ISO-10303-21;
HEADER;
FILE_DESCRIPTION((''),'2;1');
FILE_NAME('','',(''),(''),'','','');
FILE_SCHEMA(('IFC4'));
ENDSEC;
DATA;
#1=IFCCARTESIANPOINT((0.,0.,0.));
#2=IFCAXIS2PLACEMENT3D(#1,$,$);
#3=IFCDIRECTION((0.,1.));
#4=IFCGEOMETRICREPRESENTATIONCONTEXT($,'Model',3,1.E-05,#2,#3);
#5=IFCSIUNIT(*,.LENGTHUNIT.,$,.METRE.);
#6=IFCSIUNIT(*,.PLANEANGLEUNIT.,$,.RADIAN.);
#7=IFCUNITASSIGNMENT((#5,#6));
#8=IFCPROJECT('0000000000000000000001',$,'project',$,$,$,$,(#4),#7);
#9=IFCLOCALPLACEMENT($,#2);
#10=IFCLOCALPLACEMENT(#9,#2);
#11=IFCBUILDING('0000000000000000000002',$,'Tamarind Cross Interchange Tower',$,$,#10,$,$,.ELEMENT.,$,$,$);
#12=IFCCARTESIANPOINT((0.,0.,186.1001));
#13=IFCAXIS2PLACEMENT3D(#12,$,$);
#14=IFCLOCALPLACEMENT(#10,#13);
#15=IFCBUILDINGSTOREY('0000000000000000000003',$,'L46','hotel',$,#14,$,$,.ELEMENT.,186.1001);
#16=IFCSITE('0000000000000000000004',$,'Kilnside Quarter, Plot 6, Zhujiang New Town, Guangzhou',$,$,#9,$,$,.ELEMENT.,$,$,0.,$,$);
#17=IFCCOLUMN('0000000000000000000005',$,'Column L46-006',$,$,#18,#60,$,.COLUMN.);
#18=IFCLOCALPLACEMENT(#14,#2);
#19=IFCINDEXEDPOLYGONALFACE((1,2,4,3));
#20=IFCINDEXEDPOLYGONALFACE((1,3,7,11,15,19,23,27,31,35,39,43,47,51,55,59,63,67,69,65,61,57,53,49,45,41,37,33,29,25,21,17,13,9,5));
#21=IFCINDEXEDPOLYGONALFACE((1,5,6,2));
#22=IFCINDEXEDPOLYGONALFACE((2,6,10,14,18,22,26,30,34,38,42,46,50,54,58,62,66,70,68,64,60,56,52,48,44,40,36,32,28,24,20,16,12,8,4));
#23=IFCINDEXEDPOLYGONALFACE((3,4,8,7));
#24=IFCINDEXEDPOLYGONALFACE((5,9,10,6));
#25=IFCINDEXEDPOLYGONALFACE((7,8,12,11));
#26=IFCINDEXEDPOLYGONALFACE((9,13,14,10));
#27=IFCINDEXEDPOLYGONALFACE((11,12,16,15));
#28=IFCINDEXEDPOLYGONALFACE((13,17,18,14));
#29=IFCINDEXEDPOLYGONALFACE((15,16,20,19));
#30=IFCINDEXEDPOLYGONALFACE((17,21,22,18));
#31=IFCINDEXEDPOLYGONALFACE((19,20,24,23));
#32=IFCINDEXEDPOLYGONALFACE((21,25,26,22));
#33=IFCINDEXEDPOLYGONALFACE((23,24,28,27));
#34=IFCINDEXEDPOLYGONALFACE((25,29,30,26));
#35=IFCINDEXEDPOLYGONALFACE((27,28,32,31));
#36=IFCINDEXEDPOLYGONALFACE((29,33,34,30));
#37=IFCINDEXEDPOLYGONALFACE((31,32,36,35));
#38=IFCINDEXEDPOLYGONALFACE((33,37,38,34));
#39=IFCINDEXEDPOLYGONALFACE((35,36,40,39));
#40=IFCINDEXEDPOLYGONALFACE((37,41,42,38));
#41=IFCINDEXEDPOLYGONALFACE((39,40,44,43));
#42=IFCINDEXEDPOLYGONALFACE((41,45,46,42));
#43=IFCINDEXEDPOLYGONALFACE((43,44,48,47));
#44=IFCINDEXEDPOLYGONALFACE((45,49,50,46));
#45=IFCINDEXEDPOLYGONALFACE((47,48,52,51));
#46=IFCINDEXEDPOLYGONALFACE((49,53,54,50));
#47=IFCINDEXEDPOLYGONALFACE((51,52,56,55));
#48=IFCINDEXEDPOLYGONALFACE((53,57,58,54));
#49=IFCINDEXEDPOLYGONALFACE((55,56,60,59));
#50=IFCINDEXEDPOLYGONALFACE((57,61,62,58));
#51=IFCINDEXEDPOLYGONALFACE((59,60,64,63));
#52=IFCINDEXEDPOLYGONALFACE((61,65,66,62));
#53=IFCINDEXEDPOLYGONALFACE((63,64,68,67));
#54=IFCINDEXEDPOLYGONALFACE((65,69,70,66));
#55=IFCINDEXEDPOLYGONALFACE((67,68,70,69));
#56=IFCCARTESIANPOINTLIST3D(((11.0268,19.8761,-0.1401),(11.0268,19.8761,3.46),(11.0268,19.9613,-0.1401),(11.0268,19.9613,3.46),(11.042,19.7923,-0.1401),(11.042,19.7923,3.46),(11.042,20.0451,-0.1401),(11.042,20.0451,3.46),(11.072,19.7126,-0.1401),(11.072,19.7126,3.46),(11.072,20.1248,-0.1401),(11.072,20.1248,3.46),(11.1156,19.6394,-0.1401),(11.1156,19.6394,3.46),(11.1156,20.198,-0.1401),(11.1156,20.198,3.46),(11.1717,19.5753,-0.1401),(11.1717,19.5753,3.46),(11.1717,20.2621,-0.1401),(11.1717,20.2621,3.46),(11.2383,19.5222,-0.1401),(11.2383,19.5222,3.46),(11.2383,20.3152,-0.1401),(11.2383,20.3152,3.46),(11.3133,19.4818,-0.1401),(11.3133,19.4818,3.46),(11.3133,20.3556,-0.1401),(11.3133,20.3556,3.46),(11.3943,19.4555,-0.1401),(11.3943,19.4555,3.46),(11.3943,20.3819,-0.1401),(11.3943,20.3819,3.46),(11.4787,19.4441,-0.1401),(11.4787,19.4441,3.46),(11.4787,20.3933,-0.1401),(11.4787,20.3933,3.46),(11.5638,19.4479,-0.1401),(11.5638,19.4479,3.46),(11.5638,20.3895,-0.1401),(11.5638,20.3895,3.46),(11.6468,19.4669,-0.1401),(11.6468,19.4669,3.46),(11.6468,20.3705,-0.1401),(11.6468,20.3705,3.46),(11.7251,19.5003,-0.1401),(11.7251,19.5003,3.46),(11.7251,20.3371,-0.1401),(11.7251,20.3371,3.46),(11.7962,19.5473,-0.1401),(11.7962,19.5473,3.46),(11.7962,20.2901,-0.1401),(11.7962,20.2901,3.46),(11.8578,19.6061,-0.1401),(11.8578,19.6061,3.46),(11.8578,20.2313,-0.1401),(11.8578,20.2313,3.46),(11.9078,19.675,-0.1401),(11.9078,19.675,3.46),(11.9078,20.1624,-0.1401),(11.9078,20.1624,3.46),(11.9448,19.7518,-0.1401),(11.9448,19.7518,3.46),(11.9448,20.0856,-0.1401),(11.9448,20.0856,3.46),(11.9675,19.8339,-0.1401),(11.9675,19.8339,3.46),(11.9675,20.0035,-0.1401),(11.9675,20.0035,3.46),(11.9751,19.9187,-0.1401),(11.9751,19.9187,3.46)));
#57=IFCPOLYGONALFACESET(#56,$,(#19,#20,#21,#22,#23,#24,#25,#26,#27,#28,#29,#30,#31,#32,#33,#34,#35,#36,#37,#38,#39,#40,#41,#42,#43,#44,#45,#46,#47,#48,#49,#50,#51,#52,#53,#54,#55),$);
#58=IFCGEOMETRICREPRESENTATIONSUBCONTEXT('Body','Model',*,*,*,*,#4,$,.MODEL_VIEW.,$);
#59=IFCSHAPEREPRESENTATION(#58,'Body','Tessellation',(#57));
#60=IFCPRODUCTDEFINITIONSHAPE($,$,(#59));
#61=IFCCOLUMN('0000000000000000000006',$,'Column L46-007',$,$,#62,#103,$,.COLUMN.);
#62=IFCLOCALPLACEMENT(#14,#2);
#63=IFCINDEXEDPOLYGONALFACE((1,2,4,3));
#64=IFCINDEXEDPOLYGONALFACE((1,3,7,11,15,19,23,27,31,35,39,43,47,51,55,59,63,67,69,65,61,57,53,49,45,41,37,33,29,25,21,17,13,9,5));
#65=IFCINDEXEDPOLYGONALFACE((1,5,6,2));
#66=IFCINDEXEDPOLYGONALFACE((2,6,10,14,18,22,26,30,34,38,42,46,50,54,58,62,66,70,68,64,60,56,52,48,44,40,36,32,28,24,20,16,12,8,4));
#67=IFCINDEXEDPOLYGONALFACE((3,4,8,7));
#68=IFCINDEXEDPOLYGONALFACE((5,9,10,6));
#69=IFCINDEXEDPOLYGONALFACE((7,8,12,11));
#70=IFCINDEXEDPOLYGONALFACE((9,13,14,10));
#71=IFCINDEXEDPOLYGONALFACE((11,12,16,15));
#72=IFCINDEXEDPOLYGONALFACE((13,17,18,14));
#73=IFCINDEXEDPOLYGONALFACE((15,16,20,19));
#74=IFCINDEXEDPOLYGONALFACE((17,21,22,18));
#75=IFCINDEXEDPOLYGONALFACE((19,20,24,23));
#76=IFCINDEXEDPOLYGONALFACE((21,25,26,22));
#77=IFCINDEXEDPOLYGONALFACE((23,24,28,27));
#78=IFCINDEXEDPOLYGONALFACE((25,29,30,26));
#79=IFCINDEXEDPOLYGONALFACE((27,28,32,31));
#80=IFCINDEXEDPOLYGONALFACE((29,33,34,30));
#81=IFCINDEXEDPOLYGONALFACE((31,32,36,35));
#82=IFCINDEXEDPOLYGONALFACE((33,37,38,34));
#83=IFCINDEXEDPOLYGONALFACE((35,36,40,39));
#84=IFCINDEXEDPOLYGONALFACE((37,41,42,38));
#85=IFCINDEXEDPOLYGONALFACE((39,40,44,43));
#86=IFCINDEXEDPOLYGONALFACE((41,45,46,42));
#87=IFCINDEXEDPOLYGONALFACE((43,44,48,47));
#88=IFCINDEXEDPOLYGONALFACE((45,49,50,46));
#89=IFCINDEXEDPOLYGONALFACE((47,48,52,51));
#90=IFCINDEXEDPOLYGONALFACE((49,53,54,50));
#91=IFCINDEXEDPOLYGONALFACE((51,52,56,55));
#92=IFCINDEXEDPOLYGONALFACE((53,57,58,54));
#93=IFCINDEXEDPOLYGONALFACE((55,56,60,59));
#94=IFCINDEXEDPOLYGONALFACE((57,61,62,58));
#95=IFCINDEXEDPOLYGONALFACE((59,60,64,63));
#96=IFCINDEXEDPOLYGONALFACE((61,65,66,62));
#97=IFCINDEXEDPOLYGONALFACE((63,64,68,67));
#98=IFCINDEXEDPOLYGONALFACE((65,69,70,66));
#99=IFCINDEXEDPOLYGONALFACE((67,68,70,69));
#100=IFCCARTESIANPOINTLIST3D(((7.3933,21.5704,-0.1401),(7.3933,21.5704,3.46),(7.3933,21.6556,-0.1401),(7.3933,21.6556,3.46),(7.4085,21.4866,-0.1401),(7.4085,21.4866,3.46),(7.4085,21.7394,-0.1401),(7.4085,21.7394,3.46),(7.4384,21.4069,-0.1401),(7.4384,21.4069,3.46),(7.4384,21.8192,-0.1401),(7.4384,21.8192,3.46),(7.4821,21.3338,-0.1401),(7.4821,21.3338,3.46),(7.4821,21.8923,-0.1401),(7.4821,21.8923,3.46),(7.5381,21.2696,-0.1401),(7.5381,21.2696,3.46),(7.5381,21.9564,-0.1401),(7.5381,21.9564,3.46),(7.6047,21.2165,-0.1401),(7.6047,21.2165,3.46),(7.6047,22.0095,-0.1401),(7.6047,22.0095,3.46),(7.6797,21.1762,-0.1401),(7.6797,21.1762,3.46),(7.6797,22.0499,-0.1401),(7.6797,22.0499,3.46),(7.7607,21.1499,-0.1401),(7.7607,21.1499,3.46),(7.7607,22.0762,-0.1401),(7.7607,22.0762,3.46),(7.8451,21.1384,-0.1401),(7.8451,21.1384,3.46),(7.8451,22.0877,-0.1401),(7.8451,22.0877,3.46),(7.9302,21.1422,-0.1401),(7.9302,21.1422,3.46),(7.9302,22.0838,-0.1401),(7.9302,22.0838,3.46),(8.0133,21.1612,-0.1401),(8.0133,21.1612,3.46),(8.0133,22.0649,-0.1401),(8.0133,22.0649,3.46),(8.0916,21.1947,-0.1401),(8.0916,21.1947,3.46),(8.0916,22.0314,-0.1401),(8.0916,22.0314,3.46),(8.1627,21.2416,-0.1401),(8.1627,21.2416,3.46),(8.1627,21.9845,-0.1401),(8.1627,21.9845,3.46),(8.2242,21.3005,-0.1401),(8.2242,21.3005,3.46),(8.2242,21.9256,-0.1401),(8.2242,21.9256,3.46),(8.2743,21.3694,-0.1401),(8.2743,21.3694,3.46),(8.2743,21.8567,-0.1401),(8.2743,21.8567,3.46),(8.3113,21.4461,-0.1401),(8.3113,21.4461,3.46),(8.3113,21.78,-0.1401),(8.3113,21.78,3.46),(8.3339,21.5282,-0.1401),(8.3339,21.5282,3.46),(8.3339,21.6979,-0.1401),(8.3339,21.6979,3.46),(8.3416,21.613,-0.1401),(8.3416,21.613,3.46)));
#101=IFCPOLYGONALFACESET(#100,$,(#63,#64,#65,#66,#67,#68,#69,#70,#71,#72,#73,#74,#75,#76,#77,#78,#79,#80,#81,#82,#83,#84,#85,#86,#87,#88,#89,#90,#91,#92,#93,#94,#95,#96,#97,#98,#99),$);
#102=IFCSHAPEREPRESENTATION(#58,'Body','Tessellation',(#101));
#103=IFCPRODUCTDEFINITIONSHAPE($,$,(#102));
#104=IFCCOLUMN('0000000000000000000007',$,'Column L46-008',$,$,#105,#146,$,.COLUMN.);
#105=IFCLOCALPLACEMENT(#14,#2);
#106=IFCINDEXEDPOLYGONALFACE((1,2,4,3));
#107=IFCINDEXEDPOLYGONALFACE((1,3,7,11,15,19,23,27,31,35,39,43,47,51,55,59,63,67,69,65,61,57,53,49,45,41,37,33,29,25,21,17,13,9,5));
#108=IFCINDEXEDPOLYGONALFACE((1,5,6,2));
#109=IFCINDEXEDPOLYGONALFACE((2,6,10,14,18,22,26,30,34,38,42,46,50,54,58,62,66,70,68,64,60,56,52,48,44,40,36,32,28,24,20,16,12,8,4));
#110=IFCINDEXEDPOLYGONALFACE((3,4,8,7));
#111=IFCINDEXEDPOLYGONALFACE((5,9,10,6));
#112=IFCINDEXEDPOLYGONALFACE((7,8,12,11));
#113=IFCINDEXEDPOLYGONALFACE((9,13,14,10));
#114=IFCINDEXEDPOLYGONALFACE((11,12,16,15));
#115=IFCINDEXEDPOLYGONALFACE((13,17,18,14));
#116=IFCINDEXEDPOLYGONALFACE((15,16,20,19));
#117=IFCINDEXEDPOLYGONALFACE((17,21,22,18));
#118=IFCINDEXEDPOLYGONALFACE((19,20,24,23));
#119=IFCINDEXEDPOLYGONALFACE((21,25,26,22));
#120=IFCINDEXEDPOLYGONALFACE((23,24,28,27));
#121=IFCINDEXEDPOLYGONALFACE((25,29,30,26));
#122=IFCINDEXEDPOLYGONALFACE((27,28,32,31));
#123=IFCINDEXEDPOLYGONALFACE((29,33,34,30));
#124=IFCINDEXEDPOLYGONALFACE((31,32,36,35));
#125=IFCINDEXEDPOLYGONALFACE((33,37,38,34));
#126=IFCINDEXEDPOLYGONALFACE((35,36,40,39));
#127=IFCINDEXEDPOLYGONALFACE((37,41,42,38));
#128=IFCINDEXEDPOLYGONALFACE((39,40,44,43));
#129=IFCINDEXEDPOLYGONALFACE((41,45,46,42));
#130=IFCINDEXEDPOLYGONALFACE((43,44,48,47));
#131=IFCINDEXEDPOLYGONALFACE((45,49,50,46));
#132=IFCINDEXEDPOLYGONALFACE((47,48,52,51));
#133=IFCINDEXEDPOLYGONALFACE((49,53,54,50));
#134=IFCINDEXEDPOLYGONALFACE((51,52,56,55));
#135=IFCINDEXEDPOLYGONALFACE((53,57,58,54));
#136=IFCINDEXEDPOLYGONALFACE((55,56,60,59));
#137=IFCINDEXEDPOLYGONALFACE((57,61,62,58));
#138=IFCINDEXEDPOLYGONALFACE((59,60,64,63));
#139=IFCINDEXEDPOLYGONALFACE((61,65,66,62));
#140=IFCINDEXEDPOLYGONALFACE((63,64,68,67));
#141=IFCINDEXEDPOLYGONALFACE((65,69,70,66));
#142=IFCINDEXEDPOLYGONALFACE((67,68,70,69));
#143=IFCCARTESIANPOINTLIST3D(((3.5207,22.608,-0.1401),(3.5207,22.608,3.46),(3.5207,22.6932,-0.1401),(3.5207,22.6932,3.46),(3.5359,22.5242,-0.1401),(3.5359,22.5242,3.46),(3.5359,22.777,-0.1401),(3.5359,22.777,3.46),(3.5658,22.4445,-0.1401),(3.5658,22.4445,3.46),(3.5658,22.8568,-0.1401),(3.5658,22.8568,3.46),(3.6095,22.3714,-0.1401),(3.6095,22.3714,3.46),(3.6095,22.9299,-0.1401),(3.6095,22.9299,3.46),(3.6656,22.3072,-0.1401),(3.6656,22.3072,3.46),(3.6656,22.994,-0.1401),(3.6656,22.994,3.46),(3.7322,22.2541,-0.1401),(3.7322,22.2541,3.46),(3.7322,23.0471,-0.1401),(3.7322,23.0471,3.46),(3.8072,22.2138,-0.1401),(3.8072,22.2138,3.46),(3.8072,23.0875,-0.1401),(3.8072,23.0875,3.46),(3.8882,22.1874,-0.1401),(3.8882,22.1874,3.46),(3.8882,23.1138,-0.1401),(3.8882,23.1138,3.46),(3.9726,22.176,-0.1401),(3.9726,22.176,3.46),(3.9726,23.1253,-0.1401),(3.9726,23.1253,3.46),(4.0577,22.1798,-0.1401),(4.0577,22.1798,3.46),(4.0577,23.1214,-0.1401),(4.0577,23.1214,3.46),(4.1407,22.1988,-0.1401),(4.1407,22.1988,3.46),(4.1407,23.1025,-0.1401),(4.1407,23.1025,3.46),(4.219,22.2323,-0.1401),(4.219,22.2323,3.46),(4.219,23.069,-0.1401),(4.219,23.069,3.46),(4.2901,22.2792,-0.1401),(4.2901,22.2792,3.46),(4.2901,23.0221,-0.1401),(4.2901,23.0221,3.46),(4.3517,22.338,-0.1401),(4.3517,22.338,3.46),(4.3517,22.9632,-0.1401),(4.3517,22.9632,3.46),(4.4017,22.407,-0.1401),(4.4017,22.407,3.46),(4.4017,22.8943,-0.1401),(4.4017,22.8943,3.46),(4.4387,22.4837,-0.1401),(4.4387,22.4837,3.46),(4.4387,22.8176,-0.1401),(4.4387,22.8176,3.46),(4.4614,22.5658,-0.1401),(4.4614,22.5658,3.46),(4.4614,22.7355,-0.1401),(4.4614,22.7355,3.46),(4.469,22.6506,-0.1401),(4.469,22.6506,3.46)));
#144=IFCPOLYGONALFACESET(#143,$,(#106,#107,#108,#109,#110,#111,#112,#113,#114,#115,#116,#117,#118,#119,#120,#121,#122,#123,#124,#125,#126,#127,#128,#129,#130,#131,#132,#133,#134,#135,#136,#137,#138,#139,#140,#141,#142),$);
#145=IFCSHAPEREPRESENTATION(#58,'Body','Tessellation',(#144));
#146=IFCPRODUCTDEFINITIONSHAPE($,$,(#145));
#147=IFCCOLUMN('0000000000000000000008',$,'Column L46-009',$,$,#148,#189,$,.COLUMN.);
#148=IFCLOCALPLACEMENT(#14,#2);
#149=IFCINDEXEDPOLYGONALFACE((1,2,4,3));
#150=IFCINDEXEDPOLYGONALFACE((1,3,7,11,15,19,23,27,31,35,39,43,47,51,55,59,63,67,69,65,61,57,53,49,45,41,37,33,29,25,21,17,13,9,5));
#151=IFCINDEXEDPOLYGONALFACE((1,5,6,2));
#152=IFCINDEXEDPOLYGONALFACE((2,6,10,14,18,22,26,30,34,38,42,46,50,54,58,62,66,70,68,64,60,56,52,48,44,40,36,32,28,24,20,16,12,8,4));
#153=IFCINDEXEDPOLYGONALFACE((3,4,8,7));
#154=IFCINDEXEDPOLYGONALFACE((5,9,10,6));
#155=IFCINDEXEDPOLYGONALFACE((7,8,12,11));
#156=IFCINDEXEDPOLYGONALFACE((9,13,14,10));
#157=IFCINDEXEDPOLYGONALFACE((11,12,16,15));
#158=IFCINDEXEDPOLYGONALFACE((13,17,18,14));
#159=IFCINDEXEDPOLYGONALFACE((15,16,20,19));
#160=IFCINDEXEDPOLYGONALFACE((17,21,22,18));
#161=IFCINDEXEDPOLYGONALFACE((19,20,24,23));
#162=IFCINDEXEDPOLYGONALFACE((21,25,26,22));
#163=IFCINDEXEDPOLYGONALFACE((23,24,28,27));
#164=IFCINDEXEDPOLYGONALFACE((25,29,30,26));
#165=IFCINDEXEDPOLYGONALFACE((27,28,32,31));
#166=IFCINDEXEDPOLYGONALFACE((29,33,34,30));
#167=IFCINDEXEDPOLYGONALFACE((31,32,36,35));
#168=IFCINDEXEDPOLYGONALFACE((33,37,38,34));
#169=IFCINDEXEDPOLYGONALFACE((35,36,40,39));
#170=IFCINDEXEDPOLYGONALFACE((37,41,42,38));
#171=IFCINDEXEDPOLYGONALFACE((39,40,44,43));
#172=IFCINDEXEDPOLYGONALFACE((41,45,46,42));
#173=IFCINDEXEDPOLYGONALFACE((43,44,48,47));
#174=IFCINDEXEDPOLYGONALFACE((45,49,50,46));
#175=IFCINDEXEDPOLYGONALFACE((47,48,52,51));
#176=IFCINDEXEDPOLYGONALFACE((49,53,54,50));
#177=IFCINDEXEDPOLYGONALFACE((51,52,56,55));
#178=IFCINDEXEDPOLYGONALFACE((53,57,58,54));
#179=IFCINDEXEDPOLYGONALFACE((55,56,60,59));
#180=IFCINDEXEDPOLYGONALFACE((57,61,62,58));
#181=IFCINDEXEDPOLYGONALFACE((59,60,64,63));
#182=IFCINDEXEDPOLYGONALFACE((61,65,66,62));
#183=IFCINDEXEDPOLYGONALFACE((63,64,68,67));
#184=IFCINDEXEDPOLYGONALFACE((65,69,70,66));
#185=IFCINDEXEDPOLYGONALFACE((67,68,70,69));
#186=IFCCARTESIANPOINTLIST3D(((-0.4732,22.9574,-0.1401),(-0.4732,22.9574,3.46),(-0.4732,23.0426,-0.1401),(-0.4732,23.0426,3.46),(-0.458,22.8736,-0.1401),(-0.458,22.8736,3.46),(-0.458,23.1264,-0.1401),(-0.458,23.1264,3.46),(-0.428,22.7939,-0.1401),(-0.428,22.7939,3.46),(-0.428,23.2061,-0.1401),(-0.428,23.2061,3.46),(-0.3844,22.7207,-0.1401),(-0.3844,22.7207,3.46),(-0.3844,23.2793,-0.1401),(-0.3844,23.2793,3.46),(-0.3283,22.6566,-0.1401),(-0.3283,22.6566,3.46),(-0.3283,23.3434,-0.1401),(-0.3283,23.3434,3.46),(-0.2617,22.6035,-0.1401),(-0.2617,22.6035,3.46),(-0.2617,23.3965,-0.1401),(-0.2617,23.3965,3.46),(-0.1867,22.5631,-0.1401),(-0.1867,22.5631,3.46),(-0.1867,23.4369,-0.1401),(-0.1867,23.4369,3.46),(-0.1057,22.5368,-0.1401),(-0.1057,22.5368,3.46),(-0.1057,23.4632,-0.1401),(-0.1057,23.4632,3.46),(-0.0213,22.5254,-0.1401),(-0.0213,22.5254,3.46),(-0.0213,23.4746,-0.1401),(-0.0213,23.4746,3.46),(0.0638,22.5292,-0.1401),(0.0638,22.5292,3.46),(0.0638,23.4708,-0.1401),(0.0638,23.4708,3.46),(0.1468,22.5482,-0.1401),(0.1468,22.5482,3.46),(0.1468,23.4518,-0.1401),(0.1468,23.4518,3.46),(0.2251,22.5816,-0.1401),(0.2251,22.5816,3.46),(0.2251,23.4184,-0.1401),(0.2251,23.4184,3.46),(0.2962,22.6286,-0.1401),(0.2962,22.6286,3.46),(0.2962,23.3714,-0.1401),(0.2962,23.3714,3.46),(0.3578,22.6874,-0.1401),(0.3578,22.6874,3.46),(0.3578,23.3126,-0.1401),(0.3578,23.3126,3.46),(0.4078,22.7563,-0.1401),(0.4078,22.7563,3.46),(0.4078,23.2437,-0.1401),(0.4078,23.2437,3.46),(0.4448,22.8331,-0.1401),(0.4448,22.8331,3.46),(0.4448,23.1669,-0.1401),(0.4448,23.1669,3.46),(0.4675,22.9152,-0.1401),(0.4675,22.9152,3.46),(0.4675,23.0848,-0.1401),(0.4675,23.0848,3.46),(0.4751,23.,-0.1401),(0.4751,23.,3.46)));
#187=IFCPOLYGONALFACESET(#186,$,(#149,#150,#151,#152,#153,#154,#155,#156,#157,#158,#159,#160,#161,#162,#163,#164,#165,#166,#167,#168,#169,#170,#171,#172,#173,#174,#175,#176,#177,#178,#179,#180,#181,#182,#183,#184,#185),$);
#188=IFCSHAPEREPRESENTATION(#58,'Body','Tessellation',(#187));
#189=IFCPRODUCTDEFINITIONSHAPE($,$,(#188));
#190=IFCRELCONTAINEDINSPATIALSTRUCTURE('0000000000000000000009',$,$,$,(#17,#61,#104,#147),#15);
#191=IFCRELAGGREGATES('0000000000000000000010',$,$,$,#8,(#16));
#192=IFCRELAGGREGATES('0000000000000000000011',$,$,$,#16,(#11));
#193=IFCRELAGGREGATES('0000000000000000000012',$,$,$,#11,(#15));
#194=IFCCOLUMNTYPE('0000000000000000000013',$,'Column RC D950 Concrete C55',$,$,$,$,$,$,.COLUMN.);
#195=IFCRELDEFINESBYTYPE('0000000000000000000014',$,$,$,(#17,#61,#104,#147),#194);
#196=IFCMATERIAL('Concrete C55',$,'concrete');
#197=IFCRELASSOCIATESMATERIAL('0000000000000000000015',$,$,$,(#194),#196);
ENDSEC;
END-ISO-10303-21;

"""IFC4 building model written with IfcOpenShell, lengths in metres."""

from ifc_helpers import new_model, si_unit, direction, frame, origin, origin_2d, place, context, subcontext, project, spatial, circle, extrude, material, material_profile, profile_set, type_object, element, save


model = new_model("IFC4")

# Units and contexts
model_context = context("Model", 3, precision=1e-05, world=origin(), true_north=direction((0.0, 1.0)))
body_context = subcontext(model_context, "Body", "Model", "MODEL_VIEW")
ifc_project = project(units=[si_unit("LENGTHUNIT", "METRE"), si_unit("PLANEANGLEUNIT", "RADIAN")], contexts=[model_context])

# Site, building, storey
site_placement = place(None, origin())
site = spatial("IfcSite", under=ifc_project, at=site_placement, Name="Kilnside Quarter, Plot 6, Zhujiang New Town, Guangzhou", CompositionType="ELEMENT", RefElevation=0.0)
building_placement = place(site_placement, origin())
building = spatial("IfcBuilding", under=site, at=building_placement, Name="Tamarind Cross Interchange Tower", CompositionType="ELEMENT")
storey_placement = place(building_placement, frame((0.0, 0.0, 186.1001)))
storey = spatial("IfcBuildingStorey", under=building, at=storey_placement, Name="L46", Description="hotel", CompositionType="ELEMENT", Elevation=186.1001)

# Columns
ifc_material_1 = material(Name="Concrete C55", Category="concrete")
ifc_material_profile_1 = material_profile(ifc_material_1, circle(Radius=0.4751, at=origin_2d()), Name="RC D950")
ifc_profile_set_1 = profile_set([ifc_material_profile_1], Name="Concrete C55")
column_type = type_object("IfcColumnType", Name="Column RC D950 Concrete C55", PredefinedType="COLUMN", material=ifc_profile_set_1)
for number, where, z_axis, x_axis, name in (
    (1, (11.5, 19.9187, -0.1401), (0.0, 0.0, 1.0), (1.0, 0.0, 0.0), "Column L46-006"),
    (2, (7.8665, 21.613, -0.1401), (0.0, 0.0, 1.0), (1.0, 0.0, 0.0), "Column L46-007"),
    (3, (3.9939, 22.6506, -0.1401), (0.0, 0.0, 1.0), (1.0, 0.0, 0.0), "Column L46-008"),
    (4, (0.0, 23.0, -0.1401), (0.0, 0.0, 1.0), (1.0, 0.0, 0.0), "Column L46-009"),
):
    element("IfcColumn", number, at=place(storey_placement, frame(where, z_axis=z_axis, x_axis=x_axis)), inside=storey, type_object=column_type, Name=name, PredefinedType="COLUMN", context=body_context, shape_type="SweptSolid", body=[
        extrude(circle(Radius=0.4751, at=origin_2d()), origin(), (0.0, 0.0, 1.0), 3.6001),
    ])

save(model, "model.ifc")
